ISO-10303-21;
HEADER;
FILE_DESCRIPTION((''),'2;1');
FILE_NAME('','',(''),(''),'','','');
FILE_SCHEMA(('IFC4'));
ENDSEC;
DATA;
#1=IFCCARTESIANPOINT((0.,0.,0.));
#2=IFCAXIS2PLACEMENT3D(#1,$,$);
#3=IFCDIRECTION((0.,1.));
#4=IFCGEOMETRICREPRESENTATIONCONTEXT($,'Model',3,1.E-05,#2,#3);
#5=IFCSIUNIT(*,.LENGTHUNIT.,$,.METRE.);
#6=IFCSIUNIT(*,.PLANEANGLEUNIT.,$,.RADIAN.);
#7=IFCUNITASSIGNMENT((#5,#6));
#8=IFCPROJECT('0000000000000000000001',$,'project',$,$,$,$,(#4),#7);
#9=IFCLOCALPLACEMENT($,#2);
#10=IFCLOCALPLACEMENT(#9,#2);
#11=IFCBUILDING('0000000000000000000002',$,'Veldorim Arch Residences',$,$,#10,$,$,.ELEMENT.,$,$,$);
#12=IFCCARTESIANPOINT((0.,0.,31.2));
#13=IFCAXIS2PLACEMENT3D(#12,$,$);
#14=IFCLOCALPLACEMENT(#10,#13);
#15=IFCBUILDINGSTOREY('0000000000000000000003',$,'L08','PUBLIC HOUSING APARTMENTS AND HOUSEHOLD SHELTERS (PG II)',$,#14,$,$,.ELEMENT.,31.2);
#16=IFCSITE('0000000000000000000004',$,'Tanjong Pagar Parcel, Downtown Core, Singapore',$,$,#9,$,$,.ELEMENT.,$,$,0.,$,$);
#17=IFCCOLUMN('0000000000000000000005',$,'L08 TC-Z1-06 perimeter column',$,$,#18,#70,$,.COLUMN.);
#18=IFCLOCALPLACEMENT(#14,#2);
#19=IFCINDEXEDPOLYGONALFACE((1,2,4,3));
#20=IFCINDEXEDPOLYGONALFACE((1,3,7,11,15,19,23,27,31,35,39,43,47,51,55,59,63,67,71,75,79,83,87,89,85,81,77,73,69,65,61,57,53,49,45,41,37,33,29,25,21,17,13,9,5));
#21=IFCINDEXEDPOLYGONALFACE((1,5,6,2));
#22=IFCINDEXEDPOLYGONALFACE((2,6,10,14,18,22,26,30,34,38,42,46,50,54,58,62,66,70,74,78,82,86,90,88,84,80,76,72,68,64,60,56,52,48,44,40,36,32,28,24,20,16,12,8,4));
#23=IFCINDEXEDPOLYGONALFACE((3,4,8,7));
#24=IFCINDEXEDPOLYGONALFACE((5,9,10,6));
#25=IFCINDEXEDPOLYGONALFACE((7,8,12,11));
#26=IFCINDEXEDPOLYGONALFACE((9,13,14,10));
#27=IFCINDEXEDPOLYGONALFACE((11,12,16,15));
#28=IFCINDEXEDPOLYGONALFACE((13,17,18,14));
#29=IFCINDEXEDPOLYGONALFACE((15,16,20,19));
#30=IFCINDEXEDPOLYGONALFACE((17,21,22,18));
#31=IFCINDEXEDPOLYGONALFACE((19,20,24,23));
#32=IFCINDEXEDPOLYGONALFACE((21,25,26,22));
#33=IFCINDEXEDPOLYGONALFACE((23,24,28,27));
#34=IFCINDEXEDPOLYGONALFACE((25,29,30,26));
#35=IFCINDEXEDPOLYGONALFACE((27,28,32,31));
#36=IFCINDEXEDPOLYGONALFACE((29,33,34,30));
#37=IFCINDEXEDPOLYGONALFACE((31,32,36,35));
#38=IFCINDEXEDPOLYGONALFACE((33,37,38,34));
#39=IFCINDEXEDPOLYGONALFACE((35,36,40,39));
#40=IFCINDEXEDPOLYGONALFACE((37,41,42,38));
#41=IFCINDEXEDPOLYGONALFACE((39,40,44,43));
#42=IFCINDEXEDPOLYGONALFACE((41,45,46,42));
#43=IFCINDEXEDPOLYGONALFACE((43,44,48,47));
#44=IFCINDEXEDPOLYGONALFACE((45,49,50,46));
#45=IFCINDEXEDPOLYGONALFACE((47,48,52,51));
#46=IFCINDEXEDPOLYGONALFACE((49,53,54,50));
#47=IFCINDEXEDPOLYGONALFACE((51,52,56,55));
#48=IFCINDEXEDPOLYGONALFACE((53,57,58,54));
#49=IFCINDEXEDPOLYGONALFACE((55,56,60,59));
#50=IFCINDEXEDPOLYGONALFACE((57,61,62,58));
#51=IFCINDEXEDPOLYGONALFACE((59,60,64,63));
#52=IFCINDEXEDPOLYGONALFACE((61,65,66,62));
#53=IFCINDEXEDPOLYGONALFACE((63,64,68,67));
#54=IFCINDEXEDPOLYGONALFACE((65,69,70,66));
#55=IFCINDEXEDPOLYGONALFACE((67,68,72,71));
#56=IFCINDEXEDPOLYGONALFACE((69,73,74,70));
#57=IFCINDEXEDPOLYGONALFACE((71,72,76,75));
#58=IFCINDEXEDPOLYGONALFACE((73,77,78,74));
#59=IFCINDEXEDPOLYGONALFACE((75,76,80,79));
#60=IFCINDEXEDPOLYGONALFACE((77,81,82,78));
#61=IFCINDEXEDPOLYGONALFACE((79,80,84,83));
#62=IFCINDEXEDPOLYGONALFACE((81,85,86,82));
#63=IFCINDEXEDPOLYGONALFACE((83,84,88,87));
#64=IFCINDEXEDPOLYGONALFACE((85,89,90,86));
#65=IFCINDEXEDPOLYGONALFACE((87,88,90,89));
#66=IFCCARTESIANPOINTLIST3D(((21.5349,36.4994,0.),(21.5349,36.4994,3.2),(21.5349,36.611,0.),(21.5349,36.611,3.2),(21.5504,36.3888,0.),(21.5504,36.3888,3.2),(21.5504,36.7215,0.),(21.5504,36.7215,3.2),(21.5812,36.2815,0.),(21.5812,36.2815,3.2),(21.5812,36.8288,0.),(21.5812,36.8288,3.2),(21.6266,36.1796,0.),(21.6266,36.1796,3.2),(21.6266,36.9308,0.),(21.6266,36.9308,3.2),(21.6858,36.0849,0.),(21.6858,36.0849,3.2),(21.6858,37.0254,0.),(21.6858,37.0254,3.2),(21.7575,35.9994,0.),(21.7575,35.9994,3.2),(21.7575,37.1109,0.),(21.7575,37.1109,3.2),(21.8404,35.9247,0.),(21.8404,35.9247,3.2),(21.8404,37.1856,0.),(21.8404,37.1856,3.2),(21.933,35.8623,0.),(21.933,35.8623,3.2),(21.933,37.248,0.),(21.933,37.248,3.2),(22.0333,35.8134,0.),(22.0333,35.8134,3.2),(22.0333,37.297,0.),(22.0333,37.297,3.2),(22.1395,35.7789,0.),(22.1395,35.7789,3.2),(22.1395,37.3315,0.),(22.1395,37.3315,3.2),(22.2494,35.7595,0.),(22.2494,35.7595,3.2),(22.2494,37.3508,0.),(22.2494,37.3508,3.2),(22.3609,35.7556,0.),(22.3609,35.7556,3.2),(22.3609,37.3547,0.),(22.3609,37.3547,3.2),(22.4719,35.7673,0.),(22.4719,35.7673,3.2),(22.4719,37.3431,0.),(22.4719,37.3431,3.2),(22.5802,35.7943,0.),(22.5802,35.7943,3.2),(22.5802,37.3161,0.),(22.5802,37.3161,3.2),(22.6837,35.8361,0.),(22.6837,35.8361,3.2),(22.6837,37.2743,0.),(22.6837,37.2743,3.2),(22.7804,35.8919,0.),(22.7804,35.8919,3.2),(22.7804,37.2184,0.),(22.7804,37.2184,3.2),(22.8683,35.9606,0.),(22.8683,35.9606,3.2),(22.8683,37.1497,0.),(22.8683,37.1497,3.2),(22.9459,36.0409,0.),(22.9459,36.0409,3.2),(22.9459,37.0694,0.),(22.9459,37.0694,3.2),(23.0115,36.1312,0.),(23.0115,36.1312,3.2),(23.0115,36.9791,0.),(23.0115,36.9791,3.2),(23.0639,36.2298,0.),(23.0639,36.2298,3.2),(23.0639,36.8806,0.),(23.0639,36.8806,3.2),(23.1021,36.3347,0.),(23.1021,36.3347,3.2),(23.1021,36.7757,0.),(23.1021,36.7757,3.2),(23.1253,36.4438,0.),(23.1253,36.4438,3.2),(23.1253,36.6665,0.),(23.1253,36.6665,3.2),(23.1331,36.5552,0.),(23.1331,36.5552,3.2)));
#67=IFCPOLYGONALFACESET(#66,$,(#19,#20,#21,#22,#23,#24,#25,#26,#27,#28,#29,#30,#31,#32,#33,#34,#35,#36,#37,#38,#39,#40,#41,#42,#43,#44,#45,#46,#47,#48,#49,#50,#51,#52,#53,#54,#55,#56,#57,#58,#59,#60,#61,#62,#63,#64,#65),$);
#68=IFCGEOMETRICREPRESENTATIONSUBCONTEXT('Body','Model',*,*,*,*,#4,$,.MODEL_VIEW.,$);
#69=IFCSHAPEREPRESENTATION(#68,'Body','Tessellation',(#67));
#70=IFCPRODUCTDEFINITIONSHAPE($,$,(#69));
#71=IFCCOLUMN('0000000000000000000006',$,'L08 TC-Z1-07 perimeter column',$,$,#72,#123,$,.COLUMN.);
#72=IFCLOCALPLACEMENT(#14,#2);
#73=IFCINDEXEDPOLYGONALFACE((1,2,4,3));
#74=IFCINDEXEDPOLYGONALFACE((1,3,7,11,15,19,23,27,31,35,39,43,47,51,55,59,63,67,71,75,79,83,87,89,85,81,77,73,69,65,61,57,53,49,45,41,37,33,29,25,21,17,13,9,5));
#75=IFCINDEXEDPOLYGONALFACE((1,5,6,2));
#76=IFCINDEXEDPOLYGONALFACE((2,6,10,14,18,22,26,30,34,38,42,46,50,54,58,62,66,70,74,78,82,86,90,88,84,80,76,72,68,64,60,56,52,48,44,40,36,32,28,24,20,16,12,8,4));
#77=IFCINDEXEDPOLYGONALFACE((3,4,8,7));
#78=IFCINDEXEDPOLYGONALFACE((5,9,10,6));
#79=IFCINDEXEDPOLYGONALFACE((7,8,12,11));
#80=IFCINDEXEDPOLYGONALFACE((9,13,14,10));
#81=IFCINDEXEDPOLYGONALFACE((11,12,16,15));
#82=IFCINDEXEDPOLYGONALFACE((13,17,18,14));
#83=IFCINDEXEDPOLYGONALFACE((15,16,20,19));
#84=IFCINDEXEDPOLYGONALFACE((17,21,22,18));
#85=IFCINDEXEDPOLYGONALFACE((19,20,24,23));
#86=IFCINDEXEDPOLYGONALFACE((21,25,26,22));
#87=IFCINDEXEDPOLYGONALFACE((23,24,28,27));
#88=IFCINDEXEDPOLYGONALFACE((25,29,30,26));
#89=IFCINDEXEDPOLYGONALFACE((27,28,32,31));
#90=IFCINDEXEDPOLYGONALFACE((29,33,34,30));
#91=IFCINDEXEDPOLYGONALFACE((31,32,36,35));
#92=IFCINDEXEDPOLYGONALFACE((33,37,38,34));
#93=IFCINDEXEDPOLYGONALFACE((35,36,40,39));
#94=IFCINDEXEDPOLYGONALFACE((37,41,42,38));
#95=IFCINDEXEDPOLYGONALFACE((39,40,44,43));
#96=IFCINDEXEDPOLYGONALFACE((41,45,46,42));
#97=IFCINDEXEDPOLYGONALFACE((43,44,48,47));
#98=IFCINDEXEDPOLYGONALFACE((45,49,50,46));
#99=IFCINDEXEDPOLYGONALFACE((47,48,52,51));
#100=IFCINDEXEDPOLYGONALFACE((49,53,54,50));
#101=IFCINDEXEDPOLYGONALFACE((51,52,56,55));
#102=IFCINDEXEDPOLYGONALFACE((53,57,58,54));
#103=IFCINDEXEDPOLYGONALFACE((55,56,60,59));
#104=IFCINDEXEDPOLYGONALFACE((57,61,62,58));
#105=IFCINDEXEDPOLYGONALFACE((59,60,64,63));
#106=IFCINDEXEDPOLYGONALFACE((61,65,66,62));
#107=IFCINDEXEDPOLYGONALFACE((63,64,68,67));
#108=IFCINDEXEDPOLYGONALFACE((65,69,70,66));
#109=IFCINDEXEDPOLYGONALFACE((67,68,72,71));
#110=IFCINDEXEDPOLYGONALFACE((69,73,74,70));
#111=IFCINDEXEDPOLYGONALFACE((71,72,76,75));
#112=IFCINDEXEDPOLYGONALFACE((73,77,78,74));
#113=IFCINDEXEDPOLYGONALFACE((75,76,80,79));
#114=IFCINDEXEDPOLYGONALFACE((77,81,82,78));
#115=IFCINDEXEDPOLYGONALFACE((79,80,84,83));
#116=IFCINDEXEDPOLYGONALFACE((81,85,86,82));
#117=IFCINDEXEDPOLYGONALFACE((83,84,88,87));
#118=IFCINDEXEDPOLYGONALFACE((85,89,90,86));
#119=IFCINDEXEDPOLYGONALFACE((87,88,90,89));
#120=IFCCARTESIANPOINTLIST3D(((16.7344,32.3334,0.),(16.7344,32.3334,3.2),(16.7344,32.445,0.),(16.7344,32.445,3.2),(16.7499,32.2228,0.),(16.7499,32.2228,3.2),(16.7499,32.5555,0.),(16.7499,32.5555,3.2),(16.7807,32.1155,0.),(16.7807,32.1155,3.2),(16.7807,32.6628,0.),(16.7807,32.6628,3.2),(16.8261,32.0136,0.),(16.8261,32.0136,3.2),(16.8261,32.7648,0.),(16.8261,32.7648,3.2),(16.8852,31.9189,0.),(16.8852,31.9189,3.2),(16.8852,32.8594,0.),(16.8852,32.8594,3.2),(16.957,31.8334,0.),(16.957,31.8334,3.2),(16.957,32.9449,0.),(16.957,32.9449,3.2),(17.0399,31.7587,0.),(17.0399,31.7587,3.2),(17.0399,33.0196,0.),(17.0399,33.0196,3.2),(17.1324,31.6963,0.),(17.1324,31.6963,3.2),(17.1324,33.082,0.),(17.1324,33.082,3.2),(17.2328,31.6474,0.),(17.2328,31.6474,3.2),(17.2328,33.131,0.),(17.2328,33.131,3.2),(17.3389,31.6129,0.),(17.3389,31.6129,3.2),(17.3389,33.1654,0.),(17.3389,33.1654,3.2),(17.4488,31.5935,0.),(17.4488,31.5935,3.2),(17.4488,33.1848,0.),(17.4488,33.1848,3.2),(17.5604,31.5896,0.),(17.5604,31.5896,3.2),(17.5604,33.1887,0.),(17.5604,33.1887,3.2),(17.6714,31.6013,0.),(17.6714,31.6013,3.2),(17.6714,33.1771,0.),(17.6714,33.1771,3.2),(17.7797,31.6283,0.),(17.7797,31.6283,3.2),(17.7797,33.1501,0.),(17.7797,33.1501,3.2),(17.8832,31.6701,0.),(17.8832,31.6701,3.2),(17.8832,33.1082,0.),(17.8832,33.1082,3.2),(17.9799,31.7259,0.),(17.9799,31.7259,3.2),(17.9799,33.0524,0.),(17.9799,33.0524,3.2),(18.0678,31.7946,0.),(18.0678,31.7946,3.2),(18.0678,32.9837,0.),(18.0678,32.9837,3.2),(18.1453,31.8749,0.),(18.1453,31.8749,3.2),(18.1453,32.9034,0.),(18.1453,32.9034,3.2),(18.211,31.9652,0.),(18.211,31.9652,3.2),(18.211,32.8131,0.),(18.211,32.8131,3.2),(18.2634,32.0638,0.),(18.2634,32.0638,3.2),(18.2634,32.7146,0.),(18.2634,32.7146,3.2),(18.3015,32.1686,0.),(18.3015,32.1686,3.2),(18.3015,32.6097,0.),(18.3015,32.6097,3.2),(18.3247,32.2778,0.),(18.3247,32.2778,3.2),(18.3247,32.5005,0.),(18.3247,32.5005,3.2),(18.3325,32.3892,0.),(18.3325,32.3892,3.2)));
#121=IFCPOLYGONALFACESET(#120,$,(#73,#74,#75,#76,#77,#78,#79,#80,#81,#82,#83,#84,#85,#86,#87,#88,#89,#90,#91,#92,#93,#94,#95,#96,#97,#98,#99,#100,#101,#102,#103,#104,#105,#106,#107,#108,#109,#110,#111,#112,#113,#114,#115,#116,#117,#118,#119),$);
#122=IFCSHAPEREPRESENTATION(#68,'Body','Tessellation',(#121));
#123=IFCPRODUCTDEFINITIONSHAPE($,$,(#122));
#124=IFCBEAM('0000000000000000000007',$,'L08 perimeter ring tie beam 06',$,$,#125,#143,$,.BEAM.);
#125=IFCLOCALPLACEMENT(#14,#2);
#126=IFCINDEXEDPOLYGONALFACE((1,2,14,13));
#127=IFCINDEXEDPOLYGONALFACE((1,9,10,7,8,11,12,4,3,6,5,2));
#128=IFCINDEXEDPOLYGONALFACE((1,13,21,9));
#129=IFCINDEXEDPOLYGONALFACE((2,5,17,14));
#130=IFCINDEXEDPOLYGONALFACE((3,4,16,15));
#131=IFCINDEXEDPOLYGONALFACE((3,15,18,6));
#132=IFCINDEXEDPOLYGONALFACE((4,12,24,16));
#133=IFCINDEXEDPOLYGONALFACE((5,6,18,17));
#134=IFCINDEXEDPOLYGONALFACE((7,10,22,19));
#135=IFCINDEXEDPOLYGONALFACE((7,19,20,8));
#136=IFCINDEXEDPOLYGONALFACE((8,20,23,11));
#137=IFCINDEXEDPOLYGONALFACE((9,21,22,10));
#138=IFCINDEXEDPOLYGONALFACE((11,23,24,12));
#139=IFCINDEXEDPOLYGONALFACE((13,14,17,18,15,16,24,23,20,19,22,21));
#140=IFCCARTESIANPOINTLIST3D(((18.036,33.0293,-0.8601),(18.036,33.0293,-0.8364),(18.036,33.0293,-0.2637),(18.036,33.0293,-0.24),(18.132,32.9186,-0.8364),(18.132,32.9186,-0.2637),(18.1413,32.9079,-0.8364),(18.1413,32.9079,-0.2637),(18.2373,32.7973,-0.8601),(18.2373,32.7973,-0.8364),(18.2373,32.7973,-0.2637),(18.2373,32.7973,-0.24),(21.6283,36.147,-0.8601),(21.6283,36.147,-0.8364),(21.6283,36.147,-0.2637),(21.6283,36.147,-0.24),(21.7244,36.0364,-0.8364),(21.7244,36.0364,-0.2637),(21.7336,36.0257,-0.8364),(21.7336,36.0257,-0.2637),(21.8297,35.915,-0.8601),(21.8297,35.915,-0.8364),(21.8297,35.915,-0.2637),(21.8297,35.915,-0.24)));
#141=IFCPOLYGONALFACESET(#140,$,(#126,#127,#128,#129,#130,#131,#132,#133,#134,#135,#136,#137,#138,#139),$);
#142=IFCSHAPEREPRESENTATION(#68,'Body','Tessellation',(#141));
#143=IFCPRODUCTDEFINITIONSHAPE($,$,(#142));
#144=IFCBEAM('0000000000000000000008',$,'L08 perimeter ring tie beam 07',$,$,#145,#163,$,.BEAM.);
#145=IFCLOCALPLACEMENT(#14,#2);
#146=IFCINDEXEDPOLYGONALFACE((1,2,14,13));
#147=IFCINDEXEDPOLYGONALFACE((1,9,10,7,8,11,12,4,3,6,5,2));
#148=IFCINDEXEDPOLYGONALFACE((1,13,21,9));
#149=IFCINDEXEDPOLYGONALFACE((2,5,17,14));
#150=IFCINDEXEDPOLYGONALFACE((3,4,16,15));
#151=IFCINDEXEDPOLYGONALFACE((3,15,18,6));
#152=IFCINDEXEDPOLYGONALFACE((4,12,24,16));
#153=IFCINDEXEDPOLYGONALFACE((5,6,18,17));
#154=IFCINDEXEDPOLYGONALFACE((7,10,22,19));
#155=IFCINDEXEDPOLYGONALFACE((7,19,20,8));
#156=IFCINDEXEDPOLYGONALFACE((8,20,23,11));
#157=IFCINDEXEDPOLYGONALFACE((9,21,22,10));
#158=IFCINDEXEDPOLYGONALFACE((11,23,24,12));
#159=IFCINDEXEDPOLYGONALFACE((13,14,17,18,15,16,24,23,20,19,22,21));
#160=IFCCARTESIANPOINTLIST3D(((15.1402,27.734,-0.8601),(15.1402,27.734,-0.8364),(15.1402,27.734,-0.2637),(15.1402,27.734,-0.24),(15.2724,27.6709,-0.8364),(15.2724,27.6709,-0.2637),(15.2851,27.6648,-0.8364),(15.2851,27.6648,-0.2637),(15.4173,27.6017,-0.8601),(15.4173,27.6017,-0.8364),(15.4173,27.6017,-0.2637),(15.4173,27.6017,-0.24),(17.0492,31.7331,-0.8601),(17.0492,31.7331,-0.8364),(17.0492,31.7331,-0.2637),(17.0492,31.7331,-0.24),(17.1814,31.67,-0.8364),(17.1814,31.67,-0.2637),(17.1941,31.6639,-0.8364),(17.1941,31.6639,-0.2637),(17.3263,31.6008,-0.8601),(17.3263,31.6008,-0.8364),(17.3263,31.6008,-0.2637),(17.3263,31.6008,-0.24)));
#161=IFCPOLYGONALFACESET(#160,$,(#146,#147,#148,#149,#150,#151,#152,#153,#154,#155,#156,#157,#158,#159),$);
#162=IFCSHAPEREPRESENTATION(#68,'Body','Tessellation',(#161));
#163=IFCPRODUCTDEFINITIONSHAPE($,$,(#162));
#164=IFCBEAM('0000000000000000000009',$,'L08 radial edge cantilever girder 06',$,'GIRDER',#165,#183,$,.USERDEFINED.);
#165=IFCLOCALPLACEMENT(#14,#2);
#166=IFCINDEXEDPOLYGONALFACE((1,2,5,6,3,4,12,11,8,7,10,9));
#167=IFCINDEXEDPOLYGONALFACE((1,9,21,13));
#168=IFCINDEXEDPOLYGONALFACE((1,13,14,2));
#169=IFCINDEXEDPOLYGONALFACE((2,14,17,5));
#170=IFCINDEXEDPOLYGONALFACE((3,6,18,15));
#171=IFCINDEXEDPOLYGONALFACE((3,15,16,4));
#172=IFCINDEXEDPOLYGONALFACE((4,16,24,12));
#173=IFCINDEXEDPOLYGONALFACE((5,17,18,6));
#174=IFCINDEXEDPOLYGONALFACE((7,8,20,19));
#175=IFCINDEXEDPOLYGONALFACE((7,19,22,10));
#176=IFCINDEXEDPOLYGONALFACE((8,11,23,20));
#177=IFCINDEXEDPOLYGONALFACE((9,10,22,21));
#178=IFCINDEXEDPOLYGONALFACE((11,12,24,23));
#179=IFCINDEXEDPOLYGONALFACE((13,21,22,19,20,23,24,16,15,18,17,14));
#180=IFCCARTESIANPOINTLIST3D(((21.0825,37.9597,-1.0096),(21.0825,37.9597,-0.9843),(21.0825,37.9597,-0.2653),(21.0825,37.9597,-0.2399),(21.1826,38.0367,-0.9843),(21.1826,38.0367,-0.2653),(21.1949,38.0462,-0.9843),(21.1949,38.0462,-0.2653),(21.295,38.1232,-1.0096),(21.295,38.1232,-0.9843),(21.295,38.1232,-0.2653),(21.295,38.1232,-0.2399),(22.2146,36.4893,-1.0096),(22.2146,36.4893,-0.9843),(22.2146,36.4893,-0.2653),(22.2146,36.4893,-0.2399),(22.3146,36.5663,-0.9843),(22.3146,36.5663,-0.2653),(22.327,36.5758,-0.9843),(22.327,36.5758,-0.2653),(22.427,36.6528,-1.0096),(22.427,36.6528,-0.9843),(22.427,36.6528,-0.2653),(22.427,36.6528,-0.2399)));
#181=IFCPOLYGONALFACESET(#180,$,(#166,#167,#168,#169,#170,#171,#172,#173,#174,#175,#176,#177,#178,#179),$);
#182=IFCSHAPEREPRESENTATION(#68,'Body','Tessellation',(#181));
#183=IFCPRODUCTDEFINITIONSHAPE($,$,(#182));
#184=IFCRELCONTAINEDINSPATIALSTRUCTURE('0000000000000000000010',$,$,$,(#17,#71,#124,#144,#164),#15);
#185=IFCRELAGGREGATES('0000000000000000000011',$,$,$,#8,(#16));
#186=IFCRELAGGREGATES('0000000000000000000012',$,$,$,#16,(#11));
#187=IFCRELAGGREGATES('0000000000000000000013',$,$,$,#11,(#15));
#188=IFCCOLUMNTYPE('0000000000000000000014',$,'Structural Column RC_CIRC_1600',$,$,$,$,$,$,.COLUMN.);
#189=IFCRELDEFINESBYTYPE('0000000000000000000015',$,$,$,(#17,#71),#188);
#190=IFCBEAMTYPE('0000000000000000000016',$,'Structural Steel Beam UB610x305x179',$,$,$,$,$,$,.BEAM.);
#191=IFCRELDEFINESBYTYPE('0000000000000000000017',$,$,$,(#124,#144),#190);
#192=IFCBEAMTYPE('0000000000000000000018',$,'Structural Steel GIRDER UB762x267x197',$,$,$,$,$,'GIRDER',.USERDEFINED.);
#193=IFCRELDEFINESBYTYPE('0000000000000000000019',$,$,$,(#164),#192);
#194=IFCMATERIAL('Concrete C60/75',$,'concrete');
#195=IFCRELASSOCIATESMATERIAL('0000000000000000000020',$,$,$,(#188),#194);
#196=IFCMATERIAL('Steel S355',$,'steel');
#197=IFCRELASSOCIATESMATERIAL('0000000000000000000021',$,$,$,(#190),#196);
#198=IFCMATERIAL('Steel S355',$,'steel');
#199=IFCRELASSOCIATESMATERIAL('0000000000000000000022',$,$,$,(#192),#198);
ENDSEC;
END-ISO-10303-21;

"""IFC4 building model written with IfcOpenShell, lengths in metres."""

from ifc_helpers import new_model, si_unit, direction, frame, origin, origin_2d, place, context, subcontext, project, spatial, circle, i_section, extrude, material, material_profile, profile_set, type_object, element, save


model = new_model("IFC4")

# Units and contexts
model_context = context("Model", 3, precision=1e-05, world=origin(), true_north=direction((0.0, 1.0)))
body_context = subcontext(model_context, "Body", "Model", "MODEL_VIEW")
ifc_project = project(units=[si_unit("LENGTHUNIT", "METRE"), si_unit("PLANEANGLEUNIT", "RADIAN")], contexts=[model_context])

# Site, building, storey
site_placement = place(None, origin())
site = spatial("IfcSite", under=ifc_project, at=site_placement, Name="Tanjong Pagar Parcel, Downtown Core, Singapore", CompositionType="ELEMENT", RefElevation=0.0)
building_placement = place(site_placement, origin())
building = spatial("IfcBuilding", under=site, at=building_placement, Name="Veldorim Arch Residences", CompositionType="ELEMENT")
storey_placement = place(building_placement, frame((0.0, 0.0, 31.2)))
storey = spatial("IfcBuildingStorey", under=building, at=storey_placement, Name="L08", Description="PUBLIC HOUSING APARTMENTS AND HOUSEHOLD SHELTERS (PG II)", CompositionType="ELEMENT", Elevation=31.2)

# Columns
ifc_material_1 = material(Name="Concrete C60/75", Category="concrete")
ifc_material_profile_1 = material_profile(ifc_material_1, circle(Radius=0.8, at=origin_2d()), Name="RC_CIRC_1600")
ifc_profile_set_1 = profile_set([ifc_material_profile_1], Name="Concrete C60/75")
column_type = type_object("IfcColumnType", Name="Structural Column RC_CIRC_1600", PredefinedType="COLUMN", material=ifc_profile_set_1)
for number, where, z_axis, x_axis, name in (
    (1, (22.333, 36.5552, 0.0), (0.0, 0.0, 1.0), (1.0, 0.0, 0.0), "L08 TC-Z1-06 perimeter column"),
    (2, (17.5325, 32.3892, 0.0), (0.0, 0.0, 1.0), (1.0, 0.0, 0.0), "L08 TC-Z1-07 perimeter column"),
):
    element("IfcColumn", number, at=place(storey_placement, frame(where, z_axis=z_axis, x_axis=x_axis)), inside=storey, type_object=column_type, Name=name, PredefinedType="COLUMN", context=body_context, shape_type="SweptSolid", body=[
        extrude(circle(Radius=0.8, at=origin_2d()), origin(), (0.0, 0.0, 1.0), 3.2),
    ])

# Beams
ifc_material_2 = material(Name="Steel S355", Category="steel")
ifc_material_profile_2 = material_profile(ifc_material_2, i_section(OverallWidth=0.3071, OverallDepth=0.6201, WebThickness=0.0142, FlangeThickness=0.0237, at=origin_2d()), Name="UB610x305x179")
ifc_profile_set_2 = profile_set([ifc_material_profile_2], Name="Steel S355")
beam_type_1 = type_object("IfcBeamType", Name="Structural Steel Beam UB610x305x179", PredefinedType="BEAM", material=ifc_profile_set_2)
beam_1_placement = place(storey_placement, frame((21.729, 36.031, -0.55), z_axis=(-0.755235, -0.655454, 0.0), x_axis=(0.655454, -0.755235, 0.0)))
element("IfcBeam", 3, at=beam_1_placement, inside=storey, type_object=beam_type_1, Name="L08 perimeter ring tie beam 06", PredefinedType="BEAM", context=body_context, shape_type="SweptSolid", body=[
    extrude(i_section(OverallWidth=0.3071, OverallDepth=0.6201, WebThickness=0.0142, FlangeThickness=0.0237, at=origin_2d()), origin(), (0.0, 0.0, 1.0), 4.7566),
])
beam_2_placement = place(storey_placement, frame((17.1877, 31.667, -0.55), z_axis=(-0.430787, -0.902454, 0.0), x_axis=(0.902454, -0.430787, 0.0)))
element("IfcBeam", 4, at=beam_2_placement, inside=storey, type_object=beam_type_1, Name="L08 perimeter ring tie beam 07", PredefinedType="BEAM", context=body_context, shape_type="SweptSolid", body=[
    extrude(i_section(OverallWidth=0.3071, OverallDepth=0.6201, WebThickness=0.0142, FlangeThickness=0.0237, at=origin_2d()), origin(), (0.0, 0.0, 1.0), 4.4314),
])
ifc_material_3 = material(Name="Steel S355", Category="steel")
ifc_material_profile_3 = material_profile(ifc_material_3, i_section(OverallWidth=0.2681, OverallDepth=0.7698, WebThickness=0.0156, FlangeThickness=0.0254, at=origin_2d()), Name="UB762x267x197")
ifc_profile_set_3 = profile_set([ifc_material_profile_3], Name="Steel S355")
beam_type_2 = type_object("IfcBeamType", Name="Structural Steel GIRDER UB762x267x197", ElementType="GIRDER", PredefinedType="USERDEFINED", material=ifc_profile_set_3)
beam_3_placement = place(storey_placement, frame((22.3208, 36.571, -0.6248), z_axis=(-0.610035, 0.792375, 0.0), x_axis=(-0.792375, -0.610035, 0.0)))
element("IfcBeam", 5, at=beam_3_placement, inside=storey, type_object=beam_type_2, Name="L08 radial edge cantilever girder 06", ObjectType="GIRDER", PredefinedType="USERDEFINED", context=body_context, shape_type="SweptSolid", body=[
    extrude(i_section(OverallWidth=0.2681, OverallDepth=0.7698, WebThickness=0.0156, FlangeThickness=0.0254, at=origin_2d()), origin(), (0.0, 0.0, 1.0), 1.8557),
])

save(model, "model.ifc")
